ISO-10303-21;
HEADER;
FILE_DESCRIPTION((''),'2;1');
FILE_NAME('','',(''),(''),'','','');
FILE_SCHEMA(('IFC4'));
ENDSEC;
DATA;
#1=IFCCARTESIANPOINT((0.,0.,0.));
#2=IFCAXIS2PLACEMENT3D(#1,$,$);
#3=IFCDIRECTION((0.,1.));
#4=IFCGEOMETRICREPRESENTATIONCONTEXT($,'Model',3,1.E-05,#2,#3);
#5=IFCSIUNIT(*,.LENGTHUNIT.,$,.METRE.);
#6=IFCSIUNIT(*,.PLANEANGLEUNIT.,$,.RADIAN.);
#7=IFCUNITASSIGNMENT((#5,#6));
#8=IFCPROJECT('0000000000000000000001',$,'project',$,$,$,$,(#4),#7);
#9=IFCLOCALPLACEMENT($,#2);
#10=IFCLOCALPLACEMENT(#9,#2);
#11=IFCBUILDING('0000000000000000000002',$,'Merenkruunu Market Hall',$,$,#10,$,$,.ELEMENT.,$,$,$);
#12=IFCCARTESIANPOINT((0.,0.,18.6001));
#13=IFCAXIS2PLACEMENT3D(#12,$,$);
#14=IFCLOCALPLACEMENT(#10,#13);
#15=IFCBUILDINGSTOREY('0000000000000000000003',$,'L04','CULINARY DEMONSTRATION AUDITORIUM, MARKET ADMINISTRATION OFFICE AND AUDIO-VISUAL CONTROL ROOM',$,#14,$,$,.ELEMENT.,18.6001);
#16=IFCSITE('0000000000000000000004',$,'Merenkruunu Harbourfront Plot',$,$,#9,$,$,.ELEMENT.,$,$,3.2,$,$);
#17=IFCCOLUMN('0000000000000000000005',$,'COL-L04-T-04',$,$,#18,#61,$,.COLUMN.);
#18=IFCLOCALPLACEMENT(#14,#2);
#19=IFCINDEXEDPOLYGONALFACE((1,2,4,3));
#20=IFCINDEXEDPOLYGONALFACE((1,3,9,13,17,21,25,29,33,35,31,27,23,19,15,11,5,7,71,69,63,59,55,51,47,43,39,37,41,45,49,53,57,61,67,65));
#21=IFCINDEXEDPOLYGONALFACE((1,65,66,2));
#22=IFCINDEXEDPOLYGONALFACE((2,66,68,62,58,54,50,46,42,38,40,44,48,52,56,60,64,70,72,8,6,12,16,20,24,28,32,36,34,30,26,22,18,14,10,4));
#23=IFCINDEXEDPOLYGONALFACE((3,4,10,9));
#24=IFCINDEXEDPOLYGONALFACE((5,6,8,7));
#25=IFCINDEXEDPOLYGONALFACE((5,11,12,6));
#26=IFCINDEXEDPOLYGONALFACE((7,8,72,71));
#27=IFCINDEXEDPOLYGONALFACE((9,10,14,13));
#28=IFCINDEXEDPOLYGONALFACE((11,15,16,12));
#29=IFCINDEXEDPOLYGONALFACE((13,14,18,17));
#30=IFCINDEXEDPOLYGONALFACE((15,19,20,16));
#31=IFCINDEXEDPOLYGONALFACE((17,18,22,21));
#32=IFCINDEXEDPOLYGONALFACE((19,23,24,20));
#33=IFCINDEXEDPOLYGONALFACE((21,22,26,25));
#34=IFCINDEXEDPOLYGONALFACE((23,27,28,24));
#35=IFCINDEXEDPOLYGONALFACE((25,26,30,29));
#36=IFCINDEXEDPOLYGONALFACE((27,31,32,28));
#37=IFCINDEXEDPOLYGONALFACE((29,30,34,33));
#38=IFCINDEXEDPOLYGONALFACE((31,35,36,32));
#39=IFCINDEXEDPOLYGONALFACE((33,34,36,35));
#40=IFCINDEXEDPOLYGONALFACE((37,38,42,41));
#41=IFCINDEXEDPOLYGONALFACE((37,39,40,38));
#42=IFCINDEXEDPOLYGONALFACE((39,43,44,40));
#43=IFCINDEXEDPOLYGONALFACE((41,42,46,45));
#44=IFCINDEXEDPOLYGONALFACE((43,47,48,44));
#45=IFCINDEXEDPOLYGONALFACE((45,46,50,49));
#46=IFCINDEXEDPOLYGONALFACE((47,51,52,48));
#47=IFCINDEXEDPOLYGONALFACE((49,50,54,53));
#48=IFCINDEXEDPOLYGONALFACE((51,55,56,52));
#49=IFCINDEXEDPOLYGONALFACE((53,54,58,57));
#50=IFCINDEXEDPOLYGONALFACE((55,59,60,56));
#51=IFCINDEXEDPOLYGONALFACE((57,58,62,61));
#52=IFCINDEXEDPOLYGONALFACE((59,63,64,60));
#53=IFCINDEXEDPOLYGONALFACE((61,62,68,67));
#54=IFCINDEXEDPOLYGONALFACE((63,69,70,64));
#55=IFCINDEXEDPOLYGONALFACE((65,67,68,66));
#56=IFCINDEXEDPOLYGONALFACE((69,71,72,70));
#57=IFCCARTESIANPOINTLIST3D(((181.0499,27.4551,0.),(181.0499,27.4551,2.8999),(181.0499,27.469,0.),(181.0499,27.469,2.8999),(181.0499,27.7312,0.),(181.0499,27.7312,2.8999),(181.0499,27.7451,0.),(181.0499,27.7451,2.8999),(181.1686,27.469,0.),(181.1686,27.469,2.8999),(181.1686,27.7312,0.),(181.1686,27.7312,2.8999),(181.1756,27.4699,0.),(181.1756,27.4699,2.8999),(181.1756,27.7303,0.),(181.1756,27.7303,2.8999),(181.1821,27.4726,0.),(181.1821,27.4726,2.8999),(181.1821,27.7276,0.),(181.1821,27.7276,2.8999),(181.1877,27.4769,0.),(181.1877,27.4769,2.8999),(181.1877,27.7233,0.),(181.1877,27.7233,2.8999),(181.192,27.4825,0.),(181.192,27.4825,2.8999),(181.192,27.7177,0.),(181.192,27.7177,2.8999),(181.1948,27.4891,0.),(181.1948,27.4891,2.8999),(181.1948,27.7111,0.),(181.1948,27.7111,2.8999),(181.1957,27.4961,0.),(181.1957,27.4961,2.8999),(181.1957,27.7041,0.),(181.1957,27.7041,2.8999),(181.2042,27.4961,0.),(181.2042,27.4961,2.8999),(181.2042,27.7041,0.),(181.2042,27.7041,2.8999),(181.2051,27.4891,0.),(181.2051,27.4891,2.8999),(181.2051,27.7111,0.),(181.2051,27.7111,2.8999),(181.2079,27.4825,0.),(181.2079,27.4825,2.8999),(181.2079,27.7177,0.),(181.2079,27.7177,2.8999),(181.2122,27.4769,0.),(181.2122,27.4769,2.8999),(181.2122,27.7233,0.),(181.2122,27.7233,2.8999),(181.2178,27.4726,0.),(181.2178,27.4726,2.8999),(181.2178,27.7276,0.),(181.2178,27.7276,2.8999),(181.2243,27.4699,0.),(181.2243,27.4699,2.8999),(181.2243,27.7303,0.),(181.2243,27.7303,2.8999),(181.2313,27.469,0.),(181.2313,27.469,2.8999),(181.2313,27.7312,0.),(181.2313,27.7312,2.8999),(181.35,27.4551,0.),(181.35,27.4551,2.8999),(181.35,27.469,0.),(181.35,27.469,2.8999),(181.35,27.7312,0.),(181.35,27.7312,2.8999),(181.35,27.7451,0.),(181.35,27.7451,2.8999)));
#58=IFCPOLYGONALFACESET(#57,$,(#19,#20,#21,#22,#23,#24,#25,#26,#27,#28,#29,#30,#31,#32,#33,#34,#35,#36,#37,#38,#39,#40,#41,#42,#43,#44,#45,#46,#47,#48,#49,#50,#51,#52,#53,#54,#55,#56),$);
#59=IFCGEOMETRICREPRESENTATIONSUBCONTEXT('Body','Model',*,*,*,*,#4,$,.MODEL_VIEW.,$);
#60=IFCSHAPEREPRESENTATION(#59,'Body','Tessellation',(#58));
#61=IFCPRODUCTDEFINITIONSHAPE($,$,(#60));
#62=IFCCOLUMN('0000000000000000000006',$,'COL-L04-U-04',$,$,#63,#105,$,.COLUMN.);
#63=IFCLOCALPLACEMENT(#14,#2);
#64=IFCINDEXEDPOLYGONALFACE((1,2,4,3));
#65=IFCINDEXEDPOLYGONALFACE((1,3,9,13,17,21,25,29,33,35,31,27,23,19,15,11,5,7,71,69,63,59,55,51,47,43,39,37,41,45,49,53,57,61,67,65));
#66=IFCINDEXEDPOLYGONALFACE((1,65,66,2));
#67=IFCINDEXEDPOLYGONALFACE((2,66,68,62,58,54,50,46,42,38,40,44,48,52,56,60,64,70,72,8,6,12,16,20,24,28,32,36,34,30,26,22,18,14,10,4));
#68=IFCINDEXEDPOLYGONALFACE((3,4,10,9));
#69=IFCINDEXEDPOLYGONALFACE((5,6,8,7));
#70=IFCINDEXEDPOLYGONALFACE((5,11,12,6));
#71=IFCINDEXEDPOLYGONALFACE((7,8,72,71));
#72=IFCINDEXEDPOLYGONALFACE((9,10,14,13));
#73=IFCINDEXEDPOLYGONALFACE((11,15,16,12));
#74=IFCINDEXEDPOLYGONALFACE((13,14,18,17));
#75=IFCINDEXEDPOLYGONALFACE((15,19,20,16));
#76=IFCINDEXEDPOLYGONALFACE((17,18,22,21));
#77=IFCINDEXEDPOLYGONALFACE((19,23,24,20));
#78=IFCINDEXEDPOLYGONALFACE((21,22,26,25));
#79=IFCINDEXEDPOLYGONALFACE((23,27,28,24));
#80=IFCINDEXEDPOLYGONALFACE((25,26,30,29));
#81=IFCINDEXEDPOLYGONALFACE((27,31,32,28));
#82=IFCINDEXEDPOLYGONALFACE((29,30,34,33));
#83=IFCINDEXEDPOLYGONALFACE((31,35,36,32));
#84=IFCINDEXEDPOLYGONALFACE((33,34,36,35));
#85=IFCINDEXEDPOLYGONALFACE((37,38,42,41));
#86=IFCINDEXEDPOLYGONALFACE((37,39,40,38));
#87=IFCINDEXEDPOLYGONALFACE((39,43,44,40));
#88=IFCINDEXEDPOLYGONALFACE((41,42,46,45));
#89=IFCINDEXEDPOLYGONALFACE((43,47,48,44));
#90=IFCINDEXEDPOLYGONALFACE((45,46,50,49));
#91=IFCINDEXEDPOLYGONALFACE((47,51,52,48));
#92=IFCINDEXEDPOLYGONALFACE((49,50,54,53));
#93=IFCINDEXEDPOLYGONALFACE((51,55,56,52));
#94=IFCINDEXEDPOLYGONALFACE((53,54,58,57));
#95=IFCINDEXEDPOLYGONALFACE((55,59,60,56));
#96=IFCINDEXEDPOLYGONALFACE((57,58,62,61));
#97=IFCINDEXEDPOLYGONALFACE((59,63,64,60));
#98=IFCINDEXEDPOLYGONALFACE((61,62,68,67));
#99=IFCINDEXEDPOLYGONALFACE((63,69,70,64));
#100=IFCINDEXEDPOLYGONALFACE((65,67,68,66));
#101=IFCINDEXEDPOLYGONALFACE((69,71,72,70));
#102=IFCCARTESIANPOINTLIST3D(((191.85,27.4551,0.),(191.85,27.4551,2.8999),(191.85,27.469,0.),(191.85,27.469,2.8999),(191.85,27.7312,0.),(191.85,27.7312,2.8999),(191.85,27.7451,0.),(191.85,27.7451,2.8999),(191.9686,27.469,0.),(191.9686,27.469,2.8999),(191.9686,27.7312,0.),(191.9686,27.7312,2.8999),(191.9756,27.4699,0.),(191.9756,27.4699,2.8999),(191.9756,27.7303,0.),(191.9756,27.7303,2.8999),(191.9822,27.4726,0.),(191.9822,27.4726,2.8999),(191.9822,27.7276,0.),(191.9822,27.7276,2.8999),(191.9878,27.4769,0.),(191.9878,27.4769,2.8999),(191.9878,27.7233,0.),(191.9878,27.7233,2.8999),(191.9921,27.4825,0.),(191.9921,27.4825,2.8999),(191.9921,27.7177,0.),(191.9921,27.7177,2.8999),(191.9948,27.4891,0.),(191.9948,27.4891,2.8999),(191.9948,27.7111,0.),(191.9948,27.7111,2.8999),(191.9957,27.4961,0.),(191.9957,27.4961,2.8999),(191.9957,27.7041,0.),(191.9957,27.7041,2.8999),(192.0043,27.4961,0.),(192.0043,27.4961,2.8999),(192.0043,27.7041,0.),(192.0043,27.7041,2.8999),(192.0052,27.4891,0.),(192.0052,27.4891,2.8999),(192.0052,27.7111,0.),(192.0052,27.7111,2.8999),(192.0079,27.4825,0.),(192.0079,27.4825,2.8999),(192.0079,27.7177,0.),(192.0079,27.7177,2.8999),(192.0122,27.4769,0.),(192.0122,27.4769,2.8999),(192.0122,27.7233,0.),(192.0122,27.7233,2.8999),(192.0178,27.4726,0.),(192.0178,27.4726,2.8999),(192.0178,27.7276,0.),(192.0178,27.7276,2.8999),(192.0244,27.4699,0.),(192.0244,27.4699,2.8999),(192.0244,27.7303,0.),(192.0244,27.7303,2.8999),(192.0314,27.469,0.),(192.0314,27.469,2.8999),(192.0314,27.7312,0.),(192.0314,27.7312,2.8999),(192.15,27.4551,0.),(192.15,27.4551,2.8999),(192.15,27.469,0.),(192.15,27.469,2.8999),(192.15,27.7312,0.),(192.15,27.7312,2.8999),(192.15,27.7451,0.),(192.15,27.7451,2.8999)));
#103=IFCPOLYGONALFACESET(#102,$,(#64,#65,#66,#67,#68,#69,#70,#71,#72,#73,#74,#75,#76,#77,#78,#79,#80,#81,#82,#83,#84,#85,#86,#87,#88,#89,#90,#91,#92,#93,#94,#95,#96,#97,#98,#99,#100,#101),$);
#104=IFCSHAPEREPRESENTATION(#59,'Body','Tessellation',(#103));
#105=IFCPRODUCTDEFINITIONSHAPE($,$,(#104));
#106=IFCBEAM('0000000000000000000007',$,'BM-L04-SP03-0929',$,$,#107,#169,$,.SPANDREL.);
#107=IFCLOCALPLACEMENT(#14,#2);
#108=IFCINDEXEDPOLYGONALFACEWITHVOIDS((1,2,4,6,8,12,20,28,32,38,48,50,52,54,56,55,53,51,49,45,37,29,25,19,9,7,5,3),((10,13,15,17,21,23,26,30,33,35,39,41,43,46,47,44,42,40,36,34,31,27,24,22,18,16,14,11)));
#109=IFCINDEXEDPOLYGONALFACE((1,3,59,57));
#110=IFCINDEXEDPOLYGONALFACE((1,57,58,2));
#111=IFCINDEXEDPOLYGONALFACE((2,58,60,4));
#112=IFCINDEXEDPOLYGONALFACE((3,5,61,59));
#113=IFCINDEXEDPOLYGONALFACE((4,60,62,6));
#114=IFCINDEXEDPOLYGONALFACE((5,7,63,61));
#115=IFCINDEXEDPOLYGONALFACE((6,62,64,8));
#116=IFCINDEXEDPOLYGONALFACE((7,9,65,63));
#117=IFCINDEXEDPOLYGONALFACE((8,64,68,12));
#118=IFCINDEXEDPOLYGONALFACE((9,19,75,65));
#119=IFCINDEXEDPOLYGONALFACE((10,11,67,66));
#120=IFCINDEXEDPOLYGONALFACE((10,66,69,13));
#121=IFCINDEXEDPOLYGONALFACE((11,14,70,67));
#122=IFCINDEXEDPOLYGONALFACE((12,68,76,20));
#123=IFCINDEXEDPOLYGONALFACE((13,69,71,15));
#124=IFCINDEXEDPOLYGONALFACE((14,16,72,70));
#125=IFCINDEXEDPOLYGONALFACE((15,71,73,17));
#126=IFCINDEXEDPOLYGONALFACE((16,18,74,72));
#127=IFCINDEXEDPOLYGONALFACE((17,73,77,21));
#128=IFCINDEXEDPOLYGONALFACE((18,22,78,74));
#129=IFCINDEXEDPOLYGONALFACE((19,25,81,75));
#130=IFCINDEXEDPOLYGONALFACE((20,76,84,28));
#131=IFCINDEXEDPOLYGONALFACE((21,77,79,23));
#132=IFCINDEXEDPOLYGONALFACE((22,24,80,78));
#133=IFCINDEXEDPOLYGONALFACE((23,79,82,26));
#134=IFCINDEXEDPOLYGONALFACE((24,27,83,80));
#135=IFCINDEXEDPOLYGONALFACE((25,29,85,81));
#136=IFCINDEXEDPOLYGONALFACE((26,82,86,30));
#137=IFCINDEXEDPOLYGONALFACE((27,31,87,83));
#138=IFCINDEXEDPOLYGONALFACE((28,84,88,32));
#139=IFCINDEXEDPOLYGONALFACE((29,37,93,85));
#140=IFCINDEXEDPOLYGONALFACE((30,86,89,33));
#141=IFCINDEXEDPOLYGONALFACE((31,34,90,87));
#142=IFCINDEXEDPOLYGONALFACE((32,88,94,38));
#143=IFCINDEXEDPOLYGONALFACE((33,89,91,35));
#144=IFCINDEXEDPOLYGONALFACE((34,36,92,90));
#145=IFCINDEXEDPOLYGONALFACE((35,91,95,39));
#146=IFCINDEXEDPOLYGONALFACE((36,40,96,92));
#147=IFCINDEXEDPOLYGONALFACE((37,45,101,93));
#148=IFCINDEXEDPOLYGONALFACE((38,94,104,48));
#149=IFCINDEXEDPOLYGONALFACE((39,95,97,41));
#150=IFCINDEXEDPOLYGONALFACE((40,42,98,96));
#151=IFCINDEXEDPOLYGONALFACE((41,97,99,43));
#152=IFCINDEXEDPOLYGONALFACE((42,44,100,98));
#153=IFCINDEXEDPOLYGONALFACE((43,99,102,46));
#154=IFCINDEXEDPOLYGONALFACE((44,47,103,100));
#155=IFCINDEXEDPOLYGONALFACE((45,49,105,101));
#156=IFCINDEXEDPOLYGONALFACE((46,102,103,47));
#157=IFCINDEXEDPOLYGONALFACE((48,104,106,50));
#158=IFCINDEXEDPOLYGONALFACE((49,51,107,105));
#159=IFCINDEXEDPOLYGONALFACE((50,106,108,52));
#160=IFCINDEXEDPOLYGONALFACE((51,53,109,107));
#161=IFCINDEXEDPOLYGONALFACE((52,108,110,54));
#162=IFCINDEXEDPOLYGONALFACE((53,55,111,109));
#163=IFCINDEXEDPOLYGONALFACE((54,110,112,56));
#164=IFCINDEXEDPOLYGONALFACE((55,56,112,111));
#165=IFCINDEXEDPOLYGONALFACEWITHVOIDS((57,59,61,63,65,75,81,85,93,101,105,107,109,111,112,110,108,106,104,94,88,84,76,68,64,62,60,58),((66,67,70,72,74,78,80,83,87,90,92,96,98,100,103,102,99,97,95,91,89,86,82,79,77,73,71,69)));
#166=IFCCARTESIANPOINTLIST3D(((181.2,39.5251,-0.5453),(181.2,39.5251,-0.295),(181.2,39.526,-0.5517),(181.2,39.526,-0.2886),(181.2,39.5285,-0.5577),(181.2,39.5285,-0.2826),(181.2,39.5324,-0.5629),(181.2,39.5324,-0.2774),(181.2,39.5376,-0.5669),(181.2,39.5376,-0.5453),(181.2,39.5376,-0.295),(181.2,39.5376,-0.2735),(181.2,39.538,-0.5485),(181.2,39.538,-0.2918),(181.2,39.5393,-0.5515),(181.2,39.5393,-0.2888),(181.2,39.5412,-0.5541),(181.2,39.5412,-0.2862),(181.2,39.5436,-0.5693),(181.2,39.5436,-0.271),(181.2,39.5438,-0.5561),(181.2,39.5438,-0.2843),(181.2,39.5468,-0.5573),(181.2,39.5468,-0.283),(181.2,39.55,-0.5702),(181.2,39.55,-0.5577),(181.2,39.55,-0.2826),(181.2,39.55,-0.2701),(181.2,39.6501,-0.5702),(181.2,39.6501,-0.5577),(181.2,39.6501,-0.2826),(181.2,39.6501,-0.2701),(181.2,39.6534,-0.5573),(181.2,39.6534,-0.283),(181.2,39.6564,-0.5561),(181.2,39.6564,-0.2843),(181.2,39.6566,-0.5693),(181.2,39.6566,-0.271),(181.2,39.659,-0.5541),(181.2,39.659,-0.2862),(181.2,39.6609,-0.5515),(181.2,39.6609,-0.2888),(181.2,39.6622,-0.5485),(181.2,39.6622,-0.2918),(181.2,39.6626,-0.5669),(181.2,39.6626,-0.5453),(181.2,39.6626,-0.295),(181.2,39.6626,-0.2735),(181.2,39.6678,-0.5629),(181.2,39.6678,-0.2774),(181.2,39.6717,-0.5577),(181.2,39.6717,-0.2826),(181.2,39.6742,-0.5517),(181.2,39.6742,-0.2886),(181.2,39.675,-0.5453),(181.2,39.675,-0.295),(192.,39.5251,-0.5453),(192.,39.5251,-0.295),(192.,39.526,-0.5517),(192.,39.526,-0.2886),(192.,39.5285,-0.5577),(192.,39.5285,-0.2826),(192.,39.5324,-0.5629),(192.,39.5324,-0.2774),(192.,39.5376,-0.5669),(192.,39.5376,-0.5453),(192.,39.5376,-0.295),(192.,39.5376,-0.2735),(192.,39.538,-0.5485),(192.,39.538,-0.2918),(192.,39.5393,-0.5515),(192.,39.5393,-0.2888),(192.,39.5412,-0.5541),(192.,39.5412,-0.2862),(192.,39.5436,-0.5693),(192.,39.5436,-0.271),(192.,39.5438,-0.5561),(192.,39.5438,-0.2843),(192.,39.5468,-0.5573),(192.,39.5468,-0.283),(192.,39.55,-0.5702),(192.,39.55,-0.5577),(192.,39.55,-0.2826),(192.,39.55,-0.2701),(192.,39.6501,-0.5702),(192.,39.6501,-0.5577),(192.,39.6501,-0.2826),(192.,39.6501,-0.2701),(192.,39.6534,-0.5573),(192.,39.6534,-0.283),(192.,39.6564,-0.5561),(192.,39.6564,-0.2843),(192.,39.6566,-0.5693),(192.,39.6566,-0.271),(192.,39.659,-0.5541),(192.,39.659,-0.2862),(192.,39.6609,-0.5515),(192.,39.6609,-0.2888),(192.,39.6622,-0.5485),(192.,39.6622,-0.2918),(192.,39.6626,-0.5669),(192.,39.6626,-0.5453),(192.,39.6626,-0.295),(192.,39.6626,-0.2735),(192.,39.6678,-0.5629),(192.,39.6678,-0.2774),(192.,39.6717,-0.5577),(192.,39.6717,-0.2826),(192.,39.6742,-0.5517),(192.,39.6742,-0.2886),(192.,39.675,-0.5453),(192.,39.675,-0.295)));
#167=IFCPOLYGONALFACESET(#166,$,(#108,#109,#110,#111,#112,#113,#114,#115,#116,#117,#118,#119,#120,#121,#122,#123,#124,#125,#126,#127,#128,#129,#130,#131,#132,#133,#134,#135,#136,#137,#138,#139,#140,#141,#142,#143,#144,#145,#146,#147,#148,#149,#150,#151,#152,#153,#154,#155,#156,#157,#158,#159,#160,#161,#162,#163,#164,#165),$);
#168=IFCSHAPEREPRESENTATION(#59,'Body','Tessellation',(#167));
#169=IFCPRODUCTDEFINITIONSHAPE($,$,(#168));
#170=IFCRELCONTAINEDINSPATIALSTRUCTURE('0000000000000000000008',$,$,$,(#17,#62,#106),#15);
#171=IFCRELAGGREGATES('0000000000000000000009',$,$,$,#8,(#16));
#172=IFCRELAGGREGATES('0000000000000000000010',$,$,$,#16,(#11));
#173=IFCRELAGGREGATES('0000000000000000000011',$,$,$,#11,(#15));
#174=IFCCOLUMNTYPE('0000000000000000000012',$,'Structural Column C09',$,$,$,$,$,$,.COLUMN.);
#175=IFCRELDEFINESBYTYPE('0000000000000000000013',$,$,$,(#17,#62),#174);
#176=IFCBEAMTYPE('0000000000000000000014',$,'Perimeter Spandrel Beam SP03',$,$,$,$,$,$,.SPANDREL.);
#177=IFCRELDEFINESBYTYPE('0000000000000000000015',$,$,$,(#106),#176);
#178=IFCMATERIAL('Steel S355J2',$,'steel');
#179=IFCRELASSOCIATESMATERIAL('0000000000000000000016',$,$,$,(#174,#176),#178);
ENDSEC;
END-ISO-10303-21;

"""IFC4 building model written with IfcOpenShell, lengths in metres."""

from ifc_helpers import new_model, si_unit, direction, frame, origin, origin_2d, place, context, subcontext, project, spatial, hollow_rectangle, i_section, extrude, material, material_profile, profile_set, type_object, element, save


model = new_model("IFC4")

# Units and contexts
model_context = context("Model", 3, precision=1e-05, world=origin(), true_north=direction((0.0, 1.0)))
body_context = subcontext(model_context, "Body", "Model", "MODEL_VIEW")
ifc_project = project(units=[si_unit("LENGTHUNIT", "METRE"), si_unit("PLANEANGLEUNIT", "RADIAN")], contexts=[model_context])

# Site, building, storey
site_placement = place(None, origin())
site = spatial("IfcSite", under=ifc_project, at=site_placement, Name="Merenkruunu Harbourfront Plot", CompositionType="ELEMENT", RefElevation=3.2)
building_placement = place(site_placement, origin())
building = spatial("IfcBuilding", under=site, at=building_placement, Name="Merenkruunu Market Hall", CompositionType="ELEMENT")
storey_placement = place(building_placement, frame((0.0, 0.0, 18.6001)))
storey = spatial("IfcBuildingStorey", under=building, at=storey_placement, Name="L04", Description="CULINARY DEMONSTRATION AUDITORIUM, MARKET ADMINISTRATION OFFICE AND AUDIO-VISUAL CONTROL ROOM", CompositionType="ELEMENT", Elevation=18.6001)

# Columns
ifc_material_1 = material(Name="Steel S355J2", Category="steel")
ifc_material_profile_1 = material_profile(ifc_material_1, i_section(OverallWidth=0.3, OverallDepth=0.29, WebThickness=0.0085, FlangeThickness=0.0139, FilletRadius=0.0271, at=origin_2d()), Name="HEA 300")
ifc_profile_set_1 = profile_set([ifc_material_profile_1], Name="Steel S355J2")
column_type = type_object("IfcColumnType", Name="Structural Column C09", PredefinedType="COLUMN", material=ifc_profile_set_1)
for number, where, z_axis, x_axis, name in (
    (1, (181.2, 27.6001, 0.0), (0.0, 0.0, 1.0), (1.0, 0.0, 0.0), "COL-L04-T-04"),
    (2, (192.0, 27.6001, 0.0), (0.0, 0.0, 1.0), (1.0, 0.0, 0.0), "COL-L04-U-04"),
):
    element("IfcColumn", number, at=place(storey_placement, frame(where, z_axis=z_axis, x_axis=x_axis)), inside=storey, type_object=column_type, Name=name, PredefinedType="COLUMN", context=body_context, shape_type="SweptSolid", body=[
        extrude(i_section(OverallWidth=0.3, OverallDepth=0.29, WebThickness=0.0085, FlangeThickness=0.0139, FilletRadius=0.0271, at=origin_2d()), origin(), (0.0, 0.0, 1.0), 2.8999),
    ])

# Beam
ifc_material_profile_2 = material_profile(ifc_material_1, hollow_rectangle(XDim=0.1499, YDim=0.3, WallThickness=0.0125, InnerFilletRadius=0.0125, OuterFilletRadius=0.0249, at=origin_2d()), Name="RHS 300x150x12.5")
ifc_profile_set_2 = profile_set([ifc_material_profile_2], Name="Steel S355J2")
beam_type_1 = type_object("IfcBeamType", Name="Perimeter Spandrel Beam SP03", PredefinedType="SPANDREL", material=ifc_profile_set_2)
beam_1_placement = place(storey_placement, frame((181.2, 39.6001, -0.4202), z_axis=(1.0, 0.0, 0.0), x_axis=(0.0, 1.0, 0.0)))
element("IfcBeam", 3, at=beam_1_placement, inside=storey, type_object=beam_type_1, Name="BM-L04-SP03-0929", PredefinedType="SPANDREL", context=body_context, shape_type="SweptSolid", body=[
    extrude(hollow_rectangle(XDim=0.1499, YDim=0.3, WallThickness=0.0125, InnerFilletRadius=0.0125, OuterFilletRadius=0.0249, at=origin_2d()), origin(), (0.0, 0.0, 1.0), 10.8),
])

save(model, "model.ifc")
